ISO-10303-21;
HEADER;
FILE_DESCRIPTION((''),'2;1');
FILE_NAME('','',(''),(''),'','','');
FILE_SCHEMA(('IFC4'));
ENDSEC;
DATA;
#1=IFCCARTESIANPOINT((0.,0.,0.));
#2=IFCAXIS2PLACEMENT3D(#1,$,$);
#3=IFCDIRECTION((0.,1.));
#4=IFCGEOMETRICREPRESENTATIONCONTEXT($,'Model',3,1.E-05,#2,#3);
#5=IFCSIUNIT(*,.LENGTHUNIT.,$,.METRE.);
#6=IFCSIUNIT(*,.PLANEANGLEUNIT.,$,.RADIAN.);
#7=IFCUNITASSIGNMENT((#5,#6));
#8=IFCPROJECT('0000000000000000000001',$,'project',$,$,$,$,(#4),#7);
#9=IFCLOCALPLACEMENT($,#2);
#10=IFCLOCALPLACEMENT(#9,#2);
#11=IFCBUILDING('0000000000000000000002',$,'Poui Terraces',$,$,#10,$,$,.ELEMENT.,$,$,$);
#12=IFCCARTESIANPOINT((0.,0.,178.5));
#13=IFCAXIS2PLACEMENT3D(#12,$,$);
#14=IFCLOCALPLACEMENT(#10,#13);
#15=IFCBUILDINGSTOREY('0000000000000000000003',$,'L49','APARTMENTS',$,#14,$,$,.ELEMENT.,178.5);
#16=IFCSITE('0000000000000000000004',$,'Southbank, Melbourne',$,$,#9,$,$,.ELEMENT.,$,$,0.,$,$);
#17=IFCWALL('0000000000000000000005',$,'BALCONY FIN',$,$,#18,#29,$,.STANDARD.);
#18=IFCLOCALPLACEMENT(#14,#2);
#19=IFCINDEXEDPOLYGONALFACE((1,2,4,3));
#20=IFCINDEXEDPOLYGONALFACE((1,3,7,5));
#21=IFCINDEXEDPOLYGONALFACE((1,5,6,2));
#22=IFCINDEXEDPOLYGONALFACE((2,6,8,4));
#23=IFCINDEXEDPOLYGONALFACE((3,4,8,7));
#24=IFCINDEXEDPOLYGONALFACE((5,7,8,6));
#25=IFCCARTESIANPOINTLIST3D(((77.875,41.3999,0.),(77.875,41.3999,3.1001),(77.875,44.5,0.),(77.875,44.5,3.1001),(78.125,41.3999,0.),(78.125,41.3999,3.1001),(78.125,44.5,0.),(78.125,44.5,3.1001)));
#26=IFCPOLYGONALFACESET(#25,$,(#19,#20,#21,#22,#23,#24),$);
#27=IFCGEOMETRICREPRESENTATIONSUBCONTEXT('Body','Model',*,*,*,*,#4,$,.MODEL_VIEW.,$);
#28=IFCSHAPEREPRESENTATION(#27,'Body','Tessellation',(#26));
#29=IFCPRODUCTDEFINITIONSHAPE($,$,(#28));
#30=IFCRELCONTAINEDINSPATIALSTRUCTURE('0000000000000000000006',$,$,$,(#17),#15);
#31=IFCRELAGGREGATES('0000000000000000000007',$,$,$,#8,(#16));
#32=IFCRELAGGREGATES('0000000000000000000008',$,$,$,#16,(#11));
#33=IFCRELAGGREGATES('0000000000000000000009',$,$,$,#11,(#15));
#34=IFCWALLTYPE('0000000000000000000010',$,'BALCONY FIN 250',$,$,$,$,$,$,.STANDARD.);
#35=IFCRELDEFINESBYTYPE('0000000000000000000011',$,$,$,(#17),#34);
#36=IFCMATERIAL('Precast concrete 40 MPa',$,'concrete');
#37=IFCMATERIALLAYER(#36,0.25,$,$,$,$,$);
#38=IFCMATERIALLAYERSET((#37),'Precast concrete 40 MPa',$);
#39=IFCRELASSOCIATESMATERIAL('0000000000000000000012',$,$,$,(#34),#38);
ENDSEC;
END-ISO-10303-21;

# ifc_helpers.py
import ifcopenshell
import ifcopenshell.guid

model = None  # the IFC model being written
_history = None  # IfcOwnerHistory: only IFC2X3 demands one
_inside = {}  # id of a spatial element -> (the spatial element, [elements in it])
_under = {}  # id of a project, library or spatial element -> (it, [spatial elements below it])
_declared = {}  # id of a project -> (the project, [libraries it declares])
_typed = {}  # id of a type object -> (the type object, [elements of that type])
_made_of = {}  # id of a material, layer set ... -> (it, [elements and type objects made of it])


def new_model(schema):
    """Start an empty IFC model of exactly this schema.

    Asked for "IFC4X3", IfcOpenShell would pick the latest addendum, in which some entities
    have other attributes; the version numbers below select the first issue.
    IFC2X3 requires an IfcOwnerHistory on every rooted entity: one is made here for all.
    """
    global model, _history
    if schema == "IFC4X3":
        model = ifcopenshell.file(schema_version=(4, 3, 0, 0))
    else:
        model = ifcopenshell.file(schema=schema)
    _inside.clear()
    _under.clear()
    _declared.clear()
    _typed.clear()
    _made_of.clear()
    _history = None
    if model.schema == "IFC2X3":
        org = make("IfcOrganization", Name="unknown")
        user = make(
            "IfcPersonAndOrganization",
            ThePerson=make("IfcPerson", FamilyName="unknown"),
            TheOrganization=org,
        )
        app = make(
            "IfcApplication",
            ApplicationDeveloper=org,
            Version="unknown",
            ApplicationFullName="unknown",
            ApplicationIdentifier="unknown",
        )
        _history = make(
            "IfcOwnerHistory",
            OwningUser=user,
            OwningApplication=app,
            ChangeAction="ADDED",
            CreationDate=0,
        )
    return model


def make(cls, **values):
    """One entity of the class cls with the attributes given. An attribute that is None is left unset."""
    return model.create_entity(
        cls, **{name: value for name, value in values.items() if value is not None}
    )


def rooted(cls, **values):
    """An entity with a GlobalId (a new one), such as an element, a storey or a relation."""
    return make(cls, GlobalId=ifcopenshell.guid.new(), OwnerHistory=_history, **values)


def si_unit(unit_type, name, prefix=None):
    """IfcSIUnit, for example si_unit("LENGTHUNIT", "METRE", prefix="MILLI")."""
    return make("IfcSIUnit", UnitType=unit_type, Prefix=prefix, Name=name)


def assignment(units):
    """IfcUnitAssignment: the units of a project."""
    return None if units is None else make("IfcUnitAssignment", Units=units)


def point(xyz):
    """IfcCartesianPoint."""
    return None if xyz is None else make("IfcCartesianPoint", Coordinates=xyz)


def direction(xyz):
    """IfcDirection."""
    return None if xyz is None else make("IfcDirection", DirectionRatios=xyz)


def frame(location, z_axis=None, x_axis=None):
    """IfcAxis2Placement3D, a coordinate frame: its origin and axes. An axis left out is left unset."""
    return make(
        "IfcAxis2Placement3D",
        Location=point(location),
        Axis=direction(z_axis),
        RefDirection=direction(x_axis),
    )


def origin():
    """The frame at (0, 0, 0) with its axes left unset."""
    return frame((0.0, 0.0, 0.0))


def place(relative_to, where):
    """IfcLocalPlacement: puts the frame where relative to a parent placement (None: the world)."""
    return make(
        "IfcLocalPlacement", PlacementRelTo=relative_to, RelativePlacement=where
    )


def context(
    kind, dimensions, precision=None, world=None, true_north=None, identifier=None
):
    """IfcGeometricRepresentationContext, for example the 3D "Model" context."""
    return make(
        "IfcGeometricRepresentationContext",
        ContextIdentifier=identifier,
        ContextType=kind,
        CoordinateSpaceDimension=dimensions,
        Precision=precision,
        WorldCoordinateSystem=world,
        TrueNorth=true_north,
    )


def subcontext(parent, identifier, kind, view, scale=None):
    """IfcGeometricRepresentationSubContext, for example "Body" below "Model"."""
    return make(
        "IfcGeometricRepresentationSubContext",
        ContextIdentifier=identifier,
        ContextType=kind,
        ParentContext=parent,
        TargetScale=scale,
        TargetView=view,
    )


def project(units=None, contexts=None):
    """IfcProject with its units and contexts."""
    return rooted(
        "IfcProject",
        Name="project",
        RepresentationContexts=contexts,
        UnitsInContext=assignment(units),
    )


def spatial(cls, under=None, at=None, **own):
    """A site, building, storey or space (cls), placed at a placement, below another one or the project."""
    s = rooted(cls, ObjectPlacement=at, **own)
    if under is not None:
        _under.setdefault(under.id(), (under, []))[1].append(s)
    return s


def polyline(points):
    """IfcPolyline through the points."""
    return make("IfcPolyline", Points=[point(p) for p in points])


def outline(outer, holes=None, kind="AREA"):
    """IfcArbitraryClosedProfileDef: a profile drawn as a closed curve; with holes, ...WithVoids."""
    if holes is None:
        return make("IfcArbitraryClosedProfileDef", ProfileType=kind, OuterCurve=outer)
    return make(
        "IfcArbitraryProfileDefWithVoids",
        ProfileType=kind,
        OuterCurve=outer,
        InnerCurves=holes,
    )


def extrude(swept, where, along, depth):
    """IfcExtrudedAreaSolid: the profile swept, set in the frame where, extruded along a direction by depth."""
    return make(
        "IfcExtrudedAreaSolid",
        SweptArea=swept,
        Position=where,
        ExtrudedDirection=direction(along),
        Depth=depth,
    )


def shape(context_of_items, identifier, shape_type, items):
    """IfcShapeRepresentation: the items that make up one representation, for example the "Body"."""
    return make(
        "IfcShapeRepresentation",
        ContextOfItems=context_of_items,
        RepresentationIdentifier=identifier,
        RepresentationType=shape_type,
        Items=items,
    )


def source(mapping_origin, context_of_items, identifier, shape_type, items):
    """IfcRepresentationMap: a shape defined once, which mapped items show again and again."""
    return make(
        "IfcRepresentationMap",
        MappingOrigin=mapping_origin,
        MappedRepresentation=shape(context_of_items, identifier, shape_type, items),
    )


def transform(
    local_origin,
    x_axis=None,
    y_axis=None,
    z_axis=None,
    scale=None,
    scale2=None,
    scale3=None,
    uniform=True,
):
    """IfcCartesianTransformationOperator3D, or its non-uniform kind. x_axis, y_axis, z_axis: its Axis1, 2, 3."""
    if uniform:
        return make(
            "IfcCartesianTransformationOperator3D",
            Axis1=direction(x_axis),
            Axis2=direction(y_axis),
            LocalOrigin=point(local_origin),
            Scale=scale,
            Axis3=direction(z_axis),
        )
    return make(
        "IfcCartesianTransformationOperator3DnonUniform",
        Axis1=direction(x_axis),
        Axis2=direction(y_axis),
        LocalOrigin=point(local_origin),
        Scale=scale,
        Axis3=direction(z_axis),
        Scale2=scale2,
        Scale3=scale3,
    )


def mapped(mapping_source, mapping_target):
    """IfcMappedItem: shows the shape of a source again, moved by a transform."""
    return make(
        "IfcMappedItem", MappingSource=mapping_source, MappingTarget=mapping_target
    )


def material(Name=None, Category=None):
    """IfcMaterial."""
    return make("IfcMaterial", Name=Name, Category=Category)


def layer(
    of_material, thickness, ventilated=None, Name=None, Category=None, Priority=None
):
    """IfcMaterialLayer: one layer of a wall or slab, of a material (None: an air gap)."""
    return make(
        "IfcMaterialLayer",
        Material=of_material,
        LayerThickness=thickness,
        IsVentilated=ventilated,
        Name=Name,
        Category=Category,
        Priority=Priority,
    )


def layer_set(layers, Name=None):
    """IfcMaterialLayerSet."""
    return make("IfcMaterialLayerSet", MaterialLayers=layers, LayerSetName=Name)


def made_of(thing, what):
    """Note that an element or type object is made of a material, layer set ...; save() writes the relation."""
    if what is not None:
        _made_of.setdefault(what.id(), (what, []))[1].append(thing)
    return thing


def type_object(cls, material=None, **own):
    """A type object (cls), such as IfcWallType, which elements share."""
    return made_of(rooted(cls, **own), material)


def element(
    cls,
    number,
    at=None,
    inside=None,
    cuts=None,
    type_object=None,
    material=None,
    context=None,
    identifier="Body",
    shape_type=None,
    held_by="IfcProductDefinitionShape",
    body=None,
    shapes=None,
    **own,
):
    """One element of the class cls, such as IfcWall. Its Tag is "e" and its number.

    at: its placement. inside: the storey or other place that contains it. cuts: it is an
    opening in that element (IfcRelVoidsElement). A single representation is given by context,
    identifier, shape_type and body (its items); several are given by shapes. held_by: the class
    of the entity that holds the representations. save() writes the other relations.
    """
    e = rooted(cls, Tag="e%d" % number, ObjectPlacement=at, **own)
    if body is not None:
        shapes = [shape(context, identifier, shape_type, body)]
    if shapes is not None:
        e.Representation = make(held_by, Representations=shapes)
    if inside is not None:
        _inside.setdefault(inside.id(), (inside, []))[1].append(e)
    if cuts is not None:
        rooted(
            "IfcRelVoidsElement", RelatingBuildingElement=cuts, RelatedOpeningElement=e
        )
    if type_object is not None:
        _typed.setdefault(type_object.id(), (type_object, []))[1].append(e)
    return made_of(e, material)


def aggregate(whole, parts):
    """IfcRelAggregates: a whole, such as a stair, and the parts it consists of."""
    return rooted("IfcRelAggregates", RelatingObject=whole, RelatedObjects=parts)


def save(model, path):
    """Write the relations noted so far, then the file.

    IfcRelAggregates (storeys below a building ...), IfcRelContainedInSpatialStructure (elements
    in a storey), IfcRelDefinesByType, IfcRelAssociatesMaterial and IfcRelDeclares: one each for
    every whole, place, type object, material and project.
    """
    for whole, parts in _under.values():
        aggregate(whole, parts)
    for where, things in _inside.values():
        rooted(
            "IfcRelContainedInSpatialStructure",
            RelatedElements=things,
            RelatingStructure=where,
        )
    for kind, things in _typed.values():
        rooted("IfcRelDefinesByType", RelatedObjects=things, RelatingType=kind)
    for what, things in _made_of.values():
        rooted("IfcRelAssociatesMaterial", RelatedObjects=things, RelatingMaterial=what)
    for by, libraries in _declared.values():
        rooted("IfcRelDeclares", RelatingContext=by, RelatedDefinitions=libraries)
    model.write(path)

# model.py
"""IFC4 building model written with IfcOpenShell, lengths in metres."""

from ifc_helpers import new_model, si_unit, direction, frame, origin, place, context, subcontext, project, spatial, polyline, outline, extrude, source, transform, mapped, material, layer, layer_set, type_object, element, save


model = new_model("IFC4")

# Units and contexts
model_context = context("Model", 3, precision=1e-05, world=origin(), true_north=direction((0.0, 1.0)))
body_context = subcontext(model_context, "Body", "Model", "MODEL_VIEW")
ifc_project = project(units=[si_unit("LENGTHUNIT", "METRE"), si_unit("PLANEANGLEUNIT", "RADIAN")], contexts=[model_context])

# Site, building, storey
site_placement = place(None, origin())
site = spatial("IfcSite", under=ifc_project, at=site_placement, Name="Southbank, Melbourne", CompositionType="ELEMENT", RefElevation=0.0)
building_placement = place(site_placement, origin())
building = spatial("IfcBuilding", under=site, at=building_placement, Name="Poui Terraces", CompositionType="ELEMENT")
storey_placement = place(building_placement, frame((0.0, 0.0, 178.5)))
storey = spatial("IfcBuildingStorey", under=building, at=storey_placement, Name="L49", Description="APARTMENTS", CompositionType="ELEMENT", Elevation=178.5)

# Wall
ifc_material_1 = material(Name="Precast concrete 40 MPa", Category="concrete")
ifc_layer = layer(ifc_material_1, 0.25)
ifc_layer_set = layer_set([ifc_layer], Name="Precast concrete 40 MPa")
wall_type = type_object("IfcWallType", Name="BALCONY FIN 250", PredefinedType="STANDARD", material=ifc_layer_set)
shared_shape_1 = source(origin(), body_context, "Body", "SweptSolid", [
    extrude(outline(polyline([(0.0, 0.0), (0.25, 0.0), (0.25, 3.1001), (0.0, 3.1001), (0.0, 0.0)])), origin(), (0.0, 0.0, 1.0), 3.1001),
])
wall_placement = place(storey_placement, frame((77.875, 41.3999, 0.0)))
element("IfcWall", 1, at=wall_placement, inside=storey, type_object=wall_type, Name="BALCONY FIN", PredefinedType="STANDARD", context=body_context, shape_type="MappedRepresentation", body=[
    mapped(shared_shape_1, transform((0.0, 0.0, 0.0))),
])

save(model, "model.ifc")
